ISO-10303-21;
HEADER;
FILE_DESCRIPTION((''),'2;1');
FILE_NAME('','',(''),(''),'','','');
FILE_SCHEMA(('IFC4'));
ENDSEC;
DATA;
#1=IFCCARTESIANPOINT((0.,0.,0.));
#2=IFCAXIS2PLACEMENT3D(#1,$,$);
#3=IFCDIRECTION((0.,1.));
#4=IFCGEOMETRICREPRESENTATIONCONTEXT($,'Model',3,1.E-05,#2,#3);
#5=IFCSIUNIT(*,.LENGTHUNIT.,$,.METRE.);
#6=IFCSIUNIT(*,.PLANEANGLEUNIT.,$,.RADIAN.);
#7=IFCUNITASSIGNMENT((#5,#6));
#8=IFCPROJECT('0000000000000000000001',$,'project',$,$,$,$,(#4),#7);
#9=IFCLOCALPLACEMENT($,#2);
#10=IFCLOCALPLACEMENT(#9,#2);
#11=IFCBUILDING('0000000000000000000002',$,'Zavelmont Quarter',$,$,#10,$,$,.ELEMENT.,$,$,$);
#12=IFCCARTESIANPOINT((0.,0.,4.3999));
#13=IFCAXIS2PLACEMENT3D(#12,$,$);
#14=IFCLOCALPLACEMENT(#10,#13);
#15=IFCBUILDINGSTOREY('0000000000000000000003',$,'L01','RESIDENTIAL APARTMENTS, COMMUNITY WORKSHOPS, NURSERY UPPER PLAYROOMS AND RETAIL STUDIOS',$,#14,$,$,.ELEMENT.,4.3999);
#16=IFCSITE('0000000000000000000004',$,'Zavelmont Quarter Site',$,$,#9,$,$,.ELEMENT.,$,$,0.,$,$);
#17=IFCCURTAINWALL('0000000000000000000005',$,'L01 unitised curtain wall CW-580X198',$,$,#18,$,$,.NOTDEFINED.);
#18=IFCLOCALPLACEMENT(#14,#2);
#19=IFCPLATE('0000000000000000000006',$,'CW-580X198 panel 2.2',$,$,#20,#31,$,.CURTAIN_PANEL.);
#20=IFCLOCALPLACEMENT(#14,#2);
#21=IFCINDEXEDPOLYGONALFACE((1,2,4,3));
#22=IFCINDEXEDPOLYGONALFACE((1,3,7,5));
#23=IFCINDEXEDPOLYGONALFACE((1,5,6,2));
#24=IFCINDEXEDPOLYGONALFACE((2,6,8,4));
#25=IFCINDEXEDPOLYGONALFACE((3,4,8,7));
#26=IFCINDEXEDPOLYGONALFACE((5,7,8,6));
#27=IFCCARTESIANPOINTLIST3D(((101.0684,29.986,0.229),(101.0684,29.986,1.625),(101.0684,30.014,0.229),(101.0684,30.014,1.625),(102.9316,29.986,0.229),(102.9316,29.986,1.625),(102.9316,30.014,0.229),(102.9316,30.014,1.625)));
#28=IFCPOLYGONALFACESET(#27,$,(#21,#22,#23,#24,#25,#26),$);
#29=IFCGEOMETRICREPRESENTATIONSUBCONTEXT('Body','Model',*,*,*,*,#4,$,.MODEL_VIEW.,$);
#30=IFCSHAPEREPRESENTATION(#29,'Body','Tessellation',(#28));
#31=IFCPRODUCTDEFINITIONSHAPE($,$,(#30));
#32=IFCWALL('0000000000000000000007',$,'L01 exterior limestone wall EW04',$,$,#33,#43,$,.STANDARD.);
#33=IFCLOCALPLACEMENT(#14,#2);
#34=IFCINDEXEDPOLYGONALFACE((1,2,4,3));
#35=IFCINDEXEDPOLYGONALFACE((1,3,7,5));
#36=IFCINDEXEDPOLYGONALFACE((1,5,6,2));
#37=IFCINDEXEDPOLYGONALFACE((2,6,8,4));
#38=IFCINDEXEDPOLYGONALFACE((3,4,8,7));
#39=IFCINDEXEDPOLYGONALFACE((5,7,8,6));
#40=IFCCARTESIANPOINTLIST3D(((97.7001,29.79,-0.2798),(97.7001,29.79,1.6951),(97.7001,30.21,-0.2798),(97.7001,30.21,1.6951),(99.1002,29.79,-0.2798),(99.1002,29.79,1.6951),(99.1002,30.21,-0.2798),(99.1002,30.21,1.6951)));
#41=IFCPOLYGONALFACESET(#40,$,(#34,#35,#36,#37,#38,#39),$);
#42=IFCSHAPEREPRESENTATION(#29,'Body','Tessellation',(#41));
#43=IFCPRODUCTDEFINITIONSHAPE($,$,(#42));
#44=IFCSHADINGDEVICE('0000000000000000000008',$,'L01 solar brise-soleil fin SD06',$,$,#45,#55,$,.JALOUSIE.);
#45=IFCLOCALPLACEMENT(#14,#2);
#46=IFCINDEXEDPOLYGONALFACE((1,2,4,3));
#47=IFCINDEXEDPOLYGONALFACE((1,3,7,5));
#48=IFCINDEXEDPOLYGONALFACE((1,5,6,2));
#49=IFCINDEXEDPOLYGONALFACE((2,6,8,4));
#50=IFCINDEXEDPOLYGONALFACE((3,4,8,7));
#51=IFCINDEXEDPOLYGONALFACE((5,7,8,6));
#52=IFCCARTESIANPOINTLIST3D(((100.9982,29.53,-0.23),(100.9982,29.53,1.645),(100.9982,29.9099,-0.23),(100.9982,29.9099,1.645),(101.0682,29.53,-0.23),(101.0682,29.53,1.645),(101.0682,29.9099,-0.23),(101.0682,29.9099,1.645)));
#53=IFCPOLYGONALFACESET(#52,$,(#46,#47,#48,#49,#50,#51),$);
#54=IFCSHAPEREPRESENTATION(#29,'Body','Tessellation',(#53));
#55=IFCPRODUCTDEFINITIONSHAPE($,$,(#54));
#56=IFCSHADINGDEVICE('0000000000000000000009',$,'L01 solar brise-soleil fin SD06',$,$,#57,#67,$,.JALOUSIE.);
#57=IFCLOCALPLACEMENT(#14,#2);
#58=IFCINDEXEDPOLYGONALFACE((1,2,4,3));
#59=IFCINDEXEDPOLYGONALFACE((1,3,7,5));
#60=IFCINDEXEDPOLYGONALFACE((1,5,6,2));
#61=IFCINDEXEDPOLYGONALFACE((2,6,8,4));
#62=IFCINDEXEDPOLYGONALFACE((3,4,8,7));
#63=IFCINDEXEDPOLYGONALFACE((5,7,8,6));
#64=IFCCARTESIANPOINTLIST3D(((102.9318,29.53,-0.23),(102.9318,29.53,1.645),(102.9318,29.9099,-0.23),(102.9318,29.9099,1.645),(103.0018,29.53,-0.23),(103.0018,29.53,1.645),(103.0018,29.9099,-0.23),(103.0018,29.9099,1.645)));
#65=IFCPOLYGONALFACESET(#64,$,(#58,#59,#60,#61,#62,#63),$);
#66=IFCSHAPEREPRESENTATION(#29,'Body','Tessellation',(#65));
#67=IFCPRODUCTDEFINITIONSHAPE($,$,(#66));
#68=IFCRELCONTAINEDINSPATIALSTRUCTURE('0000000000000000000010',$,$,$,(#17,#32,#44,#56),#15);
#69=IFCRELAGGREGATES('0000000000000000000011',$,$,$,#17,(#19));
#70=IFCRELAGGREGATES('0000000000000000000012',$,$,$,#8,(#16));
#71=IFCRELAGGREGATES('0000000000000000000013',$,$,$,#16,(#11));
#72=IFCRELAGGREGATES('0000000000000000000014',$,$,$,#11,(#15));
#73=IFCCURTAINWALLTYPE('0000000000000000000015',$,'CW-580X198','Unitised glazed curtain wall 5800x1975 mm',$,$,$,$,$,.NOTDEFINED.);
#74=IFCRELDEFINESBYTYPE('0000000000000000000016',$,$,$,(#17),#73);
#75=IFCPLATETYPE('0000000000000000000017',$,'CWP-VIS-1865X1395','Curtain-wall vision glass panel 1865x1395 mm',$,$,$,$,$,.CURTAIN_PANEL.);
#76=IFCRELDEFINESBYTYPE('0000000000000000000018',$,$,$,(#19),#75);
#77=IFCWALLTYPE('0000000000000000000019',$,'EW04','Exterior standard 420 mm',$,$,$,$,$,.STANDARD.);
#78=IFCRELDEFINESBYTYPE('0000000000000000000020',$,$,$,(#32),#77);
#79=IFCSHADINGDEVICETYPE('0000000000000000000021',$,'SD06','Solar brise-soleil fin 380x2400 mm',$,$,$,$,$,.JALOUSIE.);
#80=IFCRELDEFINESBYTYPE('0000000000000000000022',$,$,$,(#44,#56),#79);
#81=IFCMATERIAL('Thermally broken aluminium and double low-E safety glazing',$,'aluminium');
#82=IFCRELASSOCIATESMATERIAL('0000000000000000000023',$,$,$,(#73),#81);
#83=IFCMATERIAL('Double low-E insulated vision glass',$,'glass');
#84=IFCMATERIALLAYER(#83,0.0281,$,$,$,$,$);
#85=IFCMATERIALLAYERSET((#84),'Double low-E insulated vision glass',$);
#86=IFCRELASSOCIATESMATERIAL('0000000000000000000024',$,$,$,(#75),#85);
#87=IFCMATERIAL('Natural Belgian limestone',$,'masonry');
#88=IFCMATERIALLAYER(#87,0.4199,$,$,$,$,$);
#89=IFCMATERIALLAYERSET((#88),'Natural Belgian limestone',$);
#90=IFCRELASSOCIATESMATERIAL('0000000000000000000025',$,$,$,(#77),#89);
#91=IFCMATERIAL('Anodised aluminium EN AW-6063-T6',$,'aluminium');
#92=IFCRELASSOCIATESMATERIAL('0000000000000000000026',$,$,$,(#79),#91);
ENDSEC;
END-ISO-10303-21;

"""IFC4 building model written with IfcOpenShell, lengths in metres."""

from ifc_helpers import new_model, si_unit, direction, frame, frame_2d, origin, origin_2d, place, context, subcontext, project, spatial, rectangle, extrude, material, layer, layer_set, type_object, element, aggregate, save


model = new_model("IFC4")

# Units and contexts
model_context = context("Model", 3, precision=1e-05, world=origin(), true_north=direction((0.0, 1.0)))
body_context = subcontext(model_context, "Body", "Model", "MODEL_VIEW")
ifc_project = project(units=[si_unit("LENGTHUNIT", "METRE"), si_unit("PLANEANGLEUNIT", "RADIAN")], contexts=[model_context])

# Site, building, storey
site_placement = place(None, origin())
site = spatial("IfcSite", under=ifc_project, at=site_placement, Name="Zavelmont Quarter Site", CompositionType="ELEMENT", RefElevation=0.0)
building_placement = place(site_placement, origin())
building = spatial("IfcBuilding", under=site, at=building_placement, Name="Zavelmont Quarter", CompositionType="ELEMENT")
storey_placement = place(building_placement, frame((0.0, 0.0, 4.3999)))
storey = spatial("IfcBuildingStorey", under=building, at=storey_placement, Name="L01", Description="RESIDENTIAL APARTMENTS, COMMUNITY WORKSHOPS, NURSERY UPPER PLAYROOMS AND RETAIL STUDIOS", CompositionType="ELEMENT", Elevation=4.3999)

# Shared definitions
ifc_material_1 = material(Name="Thermally broken aluminium and double low-E safety glazing", Category="aluminium")
curtain_wall_type = type_object("IfcCurtainWallType", Name="CW-580X198", Description="Unitised glazed curtain wall 5800x1975 mm", PredefinedType="NOTDEFINED", material=ifc_material_1)

# Curtain wall
curtain_wall_1_placement = place(storey_placement, origin())
curtain_wall_1 = element("IfcCurtainWall", 1, at=curtain_wall_1_placement, inside=storey, type_object=curtain_wall_type, Name="L01 unitised curtain wall CW-580X198", PredefinedType="NOTDEFINED")

# Plate
ifc_material_2 = material(Name="Double low-E insulated vision glass", Category="glass")
ifc_layer_1 = layer(ifc_material_2, 0.0281)
ifc_layer_set_1 = layer_set([ifc_layer_1], Name="Double low-E insulated vision glass")
plate_type_1 = type_object("IfcPlateType", Name="CWP-VIS-1865X1395", Description="Curtain-wall vision glass panel 1865x1395 mm", PredefinedType="CURTAIN_PANEL", material=ifc_layer_set_1)
plate_1_placement = place(storey_placement, frame((102.0, 30.0, 0.229), z_axis=(0.0, 0.0, 1.0), x_axis=(1.0, 0.0, 0.0)))
plate_1 = element("IfcPlate", 2, at=plate_1_placement, type_object=plate_type_1, Name="CW-580X198 panel 2.2", PredefinedType="CURTAIN_PANEL", context=body_context, shape_type="SweptSolid", body=[
    extrude(rectangle(XDim=1.8633, YDim=0.0281, at=origin_2d()), origin(), (0.0, 0.0, 1.0), 1.396),
])
aggregate(curtain_wall_1, [plate_1])

# Wall
ifc_material_3 = material(Name="Natural Belgian limestone", Category="masonry")
ifc_layer_2 = layer(ifc_material_3, 0.4199)
ifc_layer_set_2 = layer_set([ifc_layer_2], Name="Natural Belgian limestone")
wall_type = type_object("IfcWallType", Name="EW04", Description="Exterior standard 420 mm", PredefinedType="STANDARD", material=ifc_layer_set_2)
wall_placement = place(storey_placement, frame((97.7, 30.0, -0.2798), z_axis=(0.0, 0.0, 1.0), x_axis=(1.0, 0.0, 0.0)))
element("IfcWall", 3, at=wall_placement, inside=storey, type_object=wall_type, Name="L01 exterior limestone wall EW04", PredefinedType="STANDARD", context=body_context, shape_type="SweptSolid", body=[
    extrude(rectangle(XDim=1.4001, YDim=0.4199, at=frame_2d((0.7002, 0.0))), origin(), (0.0, 0.0, 1.0), 1.9749),
])

# Shading devices
ifc_material_4 = material(Name="Anodised aluminium EN AW-6063-T6", Category="aluminium")
shading_device_type = type_object("IfcShadingDeviceType", Name="SD06", Description="Solar brise-soleil fin 380x2400 mm", PredefinedType="JALOUSIE", material=ifc_material_4)
for number, where, z_axis, x_axis, name in (
    (4, (101.0332, 29.72, -0.23), (0.0, 0.0, 1.0), (1.0, 0.0, 0.0), "L01 solar brise-soleil fin SD06"),
    (5, (102.9668, 29.72, -0.23), (0.0, 0.0, 1.0), (1.0, 0.0, 0.0), "L01 solar brise-soleil fin SD06"),
):
    element("IfcShadingDevice", number, at=place(storey_placement, frame(where, z_axis=z_axis, x_axis=x_axis)), inside=storey, type_object=shading_device_type, Name=name, PredefinedType="JALOUSIE", context=body_context, shape_type="SweptSolid", body=[
        extrude(rectangle(XDim=0.0701, YDim=0.3799, at=origin_2d()), origin(), (0.0, 0.0, 1.0), 1.875),
    ])

save(model, "model.ifc")
